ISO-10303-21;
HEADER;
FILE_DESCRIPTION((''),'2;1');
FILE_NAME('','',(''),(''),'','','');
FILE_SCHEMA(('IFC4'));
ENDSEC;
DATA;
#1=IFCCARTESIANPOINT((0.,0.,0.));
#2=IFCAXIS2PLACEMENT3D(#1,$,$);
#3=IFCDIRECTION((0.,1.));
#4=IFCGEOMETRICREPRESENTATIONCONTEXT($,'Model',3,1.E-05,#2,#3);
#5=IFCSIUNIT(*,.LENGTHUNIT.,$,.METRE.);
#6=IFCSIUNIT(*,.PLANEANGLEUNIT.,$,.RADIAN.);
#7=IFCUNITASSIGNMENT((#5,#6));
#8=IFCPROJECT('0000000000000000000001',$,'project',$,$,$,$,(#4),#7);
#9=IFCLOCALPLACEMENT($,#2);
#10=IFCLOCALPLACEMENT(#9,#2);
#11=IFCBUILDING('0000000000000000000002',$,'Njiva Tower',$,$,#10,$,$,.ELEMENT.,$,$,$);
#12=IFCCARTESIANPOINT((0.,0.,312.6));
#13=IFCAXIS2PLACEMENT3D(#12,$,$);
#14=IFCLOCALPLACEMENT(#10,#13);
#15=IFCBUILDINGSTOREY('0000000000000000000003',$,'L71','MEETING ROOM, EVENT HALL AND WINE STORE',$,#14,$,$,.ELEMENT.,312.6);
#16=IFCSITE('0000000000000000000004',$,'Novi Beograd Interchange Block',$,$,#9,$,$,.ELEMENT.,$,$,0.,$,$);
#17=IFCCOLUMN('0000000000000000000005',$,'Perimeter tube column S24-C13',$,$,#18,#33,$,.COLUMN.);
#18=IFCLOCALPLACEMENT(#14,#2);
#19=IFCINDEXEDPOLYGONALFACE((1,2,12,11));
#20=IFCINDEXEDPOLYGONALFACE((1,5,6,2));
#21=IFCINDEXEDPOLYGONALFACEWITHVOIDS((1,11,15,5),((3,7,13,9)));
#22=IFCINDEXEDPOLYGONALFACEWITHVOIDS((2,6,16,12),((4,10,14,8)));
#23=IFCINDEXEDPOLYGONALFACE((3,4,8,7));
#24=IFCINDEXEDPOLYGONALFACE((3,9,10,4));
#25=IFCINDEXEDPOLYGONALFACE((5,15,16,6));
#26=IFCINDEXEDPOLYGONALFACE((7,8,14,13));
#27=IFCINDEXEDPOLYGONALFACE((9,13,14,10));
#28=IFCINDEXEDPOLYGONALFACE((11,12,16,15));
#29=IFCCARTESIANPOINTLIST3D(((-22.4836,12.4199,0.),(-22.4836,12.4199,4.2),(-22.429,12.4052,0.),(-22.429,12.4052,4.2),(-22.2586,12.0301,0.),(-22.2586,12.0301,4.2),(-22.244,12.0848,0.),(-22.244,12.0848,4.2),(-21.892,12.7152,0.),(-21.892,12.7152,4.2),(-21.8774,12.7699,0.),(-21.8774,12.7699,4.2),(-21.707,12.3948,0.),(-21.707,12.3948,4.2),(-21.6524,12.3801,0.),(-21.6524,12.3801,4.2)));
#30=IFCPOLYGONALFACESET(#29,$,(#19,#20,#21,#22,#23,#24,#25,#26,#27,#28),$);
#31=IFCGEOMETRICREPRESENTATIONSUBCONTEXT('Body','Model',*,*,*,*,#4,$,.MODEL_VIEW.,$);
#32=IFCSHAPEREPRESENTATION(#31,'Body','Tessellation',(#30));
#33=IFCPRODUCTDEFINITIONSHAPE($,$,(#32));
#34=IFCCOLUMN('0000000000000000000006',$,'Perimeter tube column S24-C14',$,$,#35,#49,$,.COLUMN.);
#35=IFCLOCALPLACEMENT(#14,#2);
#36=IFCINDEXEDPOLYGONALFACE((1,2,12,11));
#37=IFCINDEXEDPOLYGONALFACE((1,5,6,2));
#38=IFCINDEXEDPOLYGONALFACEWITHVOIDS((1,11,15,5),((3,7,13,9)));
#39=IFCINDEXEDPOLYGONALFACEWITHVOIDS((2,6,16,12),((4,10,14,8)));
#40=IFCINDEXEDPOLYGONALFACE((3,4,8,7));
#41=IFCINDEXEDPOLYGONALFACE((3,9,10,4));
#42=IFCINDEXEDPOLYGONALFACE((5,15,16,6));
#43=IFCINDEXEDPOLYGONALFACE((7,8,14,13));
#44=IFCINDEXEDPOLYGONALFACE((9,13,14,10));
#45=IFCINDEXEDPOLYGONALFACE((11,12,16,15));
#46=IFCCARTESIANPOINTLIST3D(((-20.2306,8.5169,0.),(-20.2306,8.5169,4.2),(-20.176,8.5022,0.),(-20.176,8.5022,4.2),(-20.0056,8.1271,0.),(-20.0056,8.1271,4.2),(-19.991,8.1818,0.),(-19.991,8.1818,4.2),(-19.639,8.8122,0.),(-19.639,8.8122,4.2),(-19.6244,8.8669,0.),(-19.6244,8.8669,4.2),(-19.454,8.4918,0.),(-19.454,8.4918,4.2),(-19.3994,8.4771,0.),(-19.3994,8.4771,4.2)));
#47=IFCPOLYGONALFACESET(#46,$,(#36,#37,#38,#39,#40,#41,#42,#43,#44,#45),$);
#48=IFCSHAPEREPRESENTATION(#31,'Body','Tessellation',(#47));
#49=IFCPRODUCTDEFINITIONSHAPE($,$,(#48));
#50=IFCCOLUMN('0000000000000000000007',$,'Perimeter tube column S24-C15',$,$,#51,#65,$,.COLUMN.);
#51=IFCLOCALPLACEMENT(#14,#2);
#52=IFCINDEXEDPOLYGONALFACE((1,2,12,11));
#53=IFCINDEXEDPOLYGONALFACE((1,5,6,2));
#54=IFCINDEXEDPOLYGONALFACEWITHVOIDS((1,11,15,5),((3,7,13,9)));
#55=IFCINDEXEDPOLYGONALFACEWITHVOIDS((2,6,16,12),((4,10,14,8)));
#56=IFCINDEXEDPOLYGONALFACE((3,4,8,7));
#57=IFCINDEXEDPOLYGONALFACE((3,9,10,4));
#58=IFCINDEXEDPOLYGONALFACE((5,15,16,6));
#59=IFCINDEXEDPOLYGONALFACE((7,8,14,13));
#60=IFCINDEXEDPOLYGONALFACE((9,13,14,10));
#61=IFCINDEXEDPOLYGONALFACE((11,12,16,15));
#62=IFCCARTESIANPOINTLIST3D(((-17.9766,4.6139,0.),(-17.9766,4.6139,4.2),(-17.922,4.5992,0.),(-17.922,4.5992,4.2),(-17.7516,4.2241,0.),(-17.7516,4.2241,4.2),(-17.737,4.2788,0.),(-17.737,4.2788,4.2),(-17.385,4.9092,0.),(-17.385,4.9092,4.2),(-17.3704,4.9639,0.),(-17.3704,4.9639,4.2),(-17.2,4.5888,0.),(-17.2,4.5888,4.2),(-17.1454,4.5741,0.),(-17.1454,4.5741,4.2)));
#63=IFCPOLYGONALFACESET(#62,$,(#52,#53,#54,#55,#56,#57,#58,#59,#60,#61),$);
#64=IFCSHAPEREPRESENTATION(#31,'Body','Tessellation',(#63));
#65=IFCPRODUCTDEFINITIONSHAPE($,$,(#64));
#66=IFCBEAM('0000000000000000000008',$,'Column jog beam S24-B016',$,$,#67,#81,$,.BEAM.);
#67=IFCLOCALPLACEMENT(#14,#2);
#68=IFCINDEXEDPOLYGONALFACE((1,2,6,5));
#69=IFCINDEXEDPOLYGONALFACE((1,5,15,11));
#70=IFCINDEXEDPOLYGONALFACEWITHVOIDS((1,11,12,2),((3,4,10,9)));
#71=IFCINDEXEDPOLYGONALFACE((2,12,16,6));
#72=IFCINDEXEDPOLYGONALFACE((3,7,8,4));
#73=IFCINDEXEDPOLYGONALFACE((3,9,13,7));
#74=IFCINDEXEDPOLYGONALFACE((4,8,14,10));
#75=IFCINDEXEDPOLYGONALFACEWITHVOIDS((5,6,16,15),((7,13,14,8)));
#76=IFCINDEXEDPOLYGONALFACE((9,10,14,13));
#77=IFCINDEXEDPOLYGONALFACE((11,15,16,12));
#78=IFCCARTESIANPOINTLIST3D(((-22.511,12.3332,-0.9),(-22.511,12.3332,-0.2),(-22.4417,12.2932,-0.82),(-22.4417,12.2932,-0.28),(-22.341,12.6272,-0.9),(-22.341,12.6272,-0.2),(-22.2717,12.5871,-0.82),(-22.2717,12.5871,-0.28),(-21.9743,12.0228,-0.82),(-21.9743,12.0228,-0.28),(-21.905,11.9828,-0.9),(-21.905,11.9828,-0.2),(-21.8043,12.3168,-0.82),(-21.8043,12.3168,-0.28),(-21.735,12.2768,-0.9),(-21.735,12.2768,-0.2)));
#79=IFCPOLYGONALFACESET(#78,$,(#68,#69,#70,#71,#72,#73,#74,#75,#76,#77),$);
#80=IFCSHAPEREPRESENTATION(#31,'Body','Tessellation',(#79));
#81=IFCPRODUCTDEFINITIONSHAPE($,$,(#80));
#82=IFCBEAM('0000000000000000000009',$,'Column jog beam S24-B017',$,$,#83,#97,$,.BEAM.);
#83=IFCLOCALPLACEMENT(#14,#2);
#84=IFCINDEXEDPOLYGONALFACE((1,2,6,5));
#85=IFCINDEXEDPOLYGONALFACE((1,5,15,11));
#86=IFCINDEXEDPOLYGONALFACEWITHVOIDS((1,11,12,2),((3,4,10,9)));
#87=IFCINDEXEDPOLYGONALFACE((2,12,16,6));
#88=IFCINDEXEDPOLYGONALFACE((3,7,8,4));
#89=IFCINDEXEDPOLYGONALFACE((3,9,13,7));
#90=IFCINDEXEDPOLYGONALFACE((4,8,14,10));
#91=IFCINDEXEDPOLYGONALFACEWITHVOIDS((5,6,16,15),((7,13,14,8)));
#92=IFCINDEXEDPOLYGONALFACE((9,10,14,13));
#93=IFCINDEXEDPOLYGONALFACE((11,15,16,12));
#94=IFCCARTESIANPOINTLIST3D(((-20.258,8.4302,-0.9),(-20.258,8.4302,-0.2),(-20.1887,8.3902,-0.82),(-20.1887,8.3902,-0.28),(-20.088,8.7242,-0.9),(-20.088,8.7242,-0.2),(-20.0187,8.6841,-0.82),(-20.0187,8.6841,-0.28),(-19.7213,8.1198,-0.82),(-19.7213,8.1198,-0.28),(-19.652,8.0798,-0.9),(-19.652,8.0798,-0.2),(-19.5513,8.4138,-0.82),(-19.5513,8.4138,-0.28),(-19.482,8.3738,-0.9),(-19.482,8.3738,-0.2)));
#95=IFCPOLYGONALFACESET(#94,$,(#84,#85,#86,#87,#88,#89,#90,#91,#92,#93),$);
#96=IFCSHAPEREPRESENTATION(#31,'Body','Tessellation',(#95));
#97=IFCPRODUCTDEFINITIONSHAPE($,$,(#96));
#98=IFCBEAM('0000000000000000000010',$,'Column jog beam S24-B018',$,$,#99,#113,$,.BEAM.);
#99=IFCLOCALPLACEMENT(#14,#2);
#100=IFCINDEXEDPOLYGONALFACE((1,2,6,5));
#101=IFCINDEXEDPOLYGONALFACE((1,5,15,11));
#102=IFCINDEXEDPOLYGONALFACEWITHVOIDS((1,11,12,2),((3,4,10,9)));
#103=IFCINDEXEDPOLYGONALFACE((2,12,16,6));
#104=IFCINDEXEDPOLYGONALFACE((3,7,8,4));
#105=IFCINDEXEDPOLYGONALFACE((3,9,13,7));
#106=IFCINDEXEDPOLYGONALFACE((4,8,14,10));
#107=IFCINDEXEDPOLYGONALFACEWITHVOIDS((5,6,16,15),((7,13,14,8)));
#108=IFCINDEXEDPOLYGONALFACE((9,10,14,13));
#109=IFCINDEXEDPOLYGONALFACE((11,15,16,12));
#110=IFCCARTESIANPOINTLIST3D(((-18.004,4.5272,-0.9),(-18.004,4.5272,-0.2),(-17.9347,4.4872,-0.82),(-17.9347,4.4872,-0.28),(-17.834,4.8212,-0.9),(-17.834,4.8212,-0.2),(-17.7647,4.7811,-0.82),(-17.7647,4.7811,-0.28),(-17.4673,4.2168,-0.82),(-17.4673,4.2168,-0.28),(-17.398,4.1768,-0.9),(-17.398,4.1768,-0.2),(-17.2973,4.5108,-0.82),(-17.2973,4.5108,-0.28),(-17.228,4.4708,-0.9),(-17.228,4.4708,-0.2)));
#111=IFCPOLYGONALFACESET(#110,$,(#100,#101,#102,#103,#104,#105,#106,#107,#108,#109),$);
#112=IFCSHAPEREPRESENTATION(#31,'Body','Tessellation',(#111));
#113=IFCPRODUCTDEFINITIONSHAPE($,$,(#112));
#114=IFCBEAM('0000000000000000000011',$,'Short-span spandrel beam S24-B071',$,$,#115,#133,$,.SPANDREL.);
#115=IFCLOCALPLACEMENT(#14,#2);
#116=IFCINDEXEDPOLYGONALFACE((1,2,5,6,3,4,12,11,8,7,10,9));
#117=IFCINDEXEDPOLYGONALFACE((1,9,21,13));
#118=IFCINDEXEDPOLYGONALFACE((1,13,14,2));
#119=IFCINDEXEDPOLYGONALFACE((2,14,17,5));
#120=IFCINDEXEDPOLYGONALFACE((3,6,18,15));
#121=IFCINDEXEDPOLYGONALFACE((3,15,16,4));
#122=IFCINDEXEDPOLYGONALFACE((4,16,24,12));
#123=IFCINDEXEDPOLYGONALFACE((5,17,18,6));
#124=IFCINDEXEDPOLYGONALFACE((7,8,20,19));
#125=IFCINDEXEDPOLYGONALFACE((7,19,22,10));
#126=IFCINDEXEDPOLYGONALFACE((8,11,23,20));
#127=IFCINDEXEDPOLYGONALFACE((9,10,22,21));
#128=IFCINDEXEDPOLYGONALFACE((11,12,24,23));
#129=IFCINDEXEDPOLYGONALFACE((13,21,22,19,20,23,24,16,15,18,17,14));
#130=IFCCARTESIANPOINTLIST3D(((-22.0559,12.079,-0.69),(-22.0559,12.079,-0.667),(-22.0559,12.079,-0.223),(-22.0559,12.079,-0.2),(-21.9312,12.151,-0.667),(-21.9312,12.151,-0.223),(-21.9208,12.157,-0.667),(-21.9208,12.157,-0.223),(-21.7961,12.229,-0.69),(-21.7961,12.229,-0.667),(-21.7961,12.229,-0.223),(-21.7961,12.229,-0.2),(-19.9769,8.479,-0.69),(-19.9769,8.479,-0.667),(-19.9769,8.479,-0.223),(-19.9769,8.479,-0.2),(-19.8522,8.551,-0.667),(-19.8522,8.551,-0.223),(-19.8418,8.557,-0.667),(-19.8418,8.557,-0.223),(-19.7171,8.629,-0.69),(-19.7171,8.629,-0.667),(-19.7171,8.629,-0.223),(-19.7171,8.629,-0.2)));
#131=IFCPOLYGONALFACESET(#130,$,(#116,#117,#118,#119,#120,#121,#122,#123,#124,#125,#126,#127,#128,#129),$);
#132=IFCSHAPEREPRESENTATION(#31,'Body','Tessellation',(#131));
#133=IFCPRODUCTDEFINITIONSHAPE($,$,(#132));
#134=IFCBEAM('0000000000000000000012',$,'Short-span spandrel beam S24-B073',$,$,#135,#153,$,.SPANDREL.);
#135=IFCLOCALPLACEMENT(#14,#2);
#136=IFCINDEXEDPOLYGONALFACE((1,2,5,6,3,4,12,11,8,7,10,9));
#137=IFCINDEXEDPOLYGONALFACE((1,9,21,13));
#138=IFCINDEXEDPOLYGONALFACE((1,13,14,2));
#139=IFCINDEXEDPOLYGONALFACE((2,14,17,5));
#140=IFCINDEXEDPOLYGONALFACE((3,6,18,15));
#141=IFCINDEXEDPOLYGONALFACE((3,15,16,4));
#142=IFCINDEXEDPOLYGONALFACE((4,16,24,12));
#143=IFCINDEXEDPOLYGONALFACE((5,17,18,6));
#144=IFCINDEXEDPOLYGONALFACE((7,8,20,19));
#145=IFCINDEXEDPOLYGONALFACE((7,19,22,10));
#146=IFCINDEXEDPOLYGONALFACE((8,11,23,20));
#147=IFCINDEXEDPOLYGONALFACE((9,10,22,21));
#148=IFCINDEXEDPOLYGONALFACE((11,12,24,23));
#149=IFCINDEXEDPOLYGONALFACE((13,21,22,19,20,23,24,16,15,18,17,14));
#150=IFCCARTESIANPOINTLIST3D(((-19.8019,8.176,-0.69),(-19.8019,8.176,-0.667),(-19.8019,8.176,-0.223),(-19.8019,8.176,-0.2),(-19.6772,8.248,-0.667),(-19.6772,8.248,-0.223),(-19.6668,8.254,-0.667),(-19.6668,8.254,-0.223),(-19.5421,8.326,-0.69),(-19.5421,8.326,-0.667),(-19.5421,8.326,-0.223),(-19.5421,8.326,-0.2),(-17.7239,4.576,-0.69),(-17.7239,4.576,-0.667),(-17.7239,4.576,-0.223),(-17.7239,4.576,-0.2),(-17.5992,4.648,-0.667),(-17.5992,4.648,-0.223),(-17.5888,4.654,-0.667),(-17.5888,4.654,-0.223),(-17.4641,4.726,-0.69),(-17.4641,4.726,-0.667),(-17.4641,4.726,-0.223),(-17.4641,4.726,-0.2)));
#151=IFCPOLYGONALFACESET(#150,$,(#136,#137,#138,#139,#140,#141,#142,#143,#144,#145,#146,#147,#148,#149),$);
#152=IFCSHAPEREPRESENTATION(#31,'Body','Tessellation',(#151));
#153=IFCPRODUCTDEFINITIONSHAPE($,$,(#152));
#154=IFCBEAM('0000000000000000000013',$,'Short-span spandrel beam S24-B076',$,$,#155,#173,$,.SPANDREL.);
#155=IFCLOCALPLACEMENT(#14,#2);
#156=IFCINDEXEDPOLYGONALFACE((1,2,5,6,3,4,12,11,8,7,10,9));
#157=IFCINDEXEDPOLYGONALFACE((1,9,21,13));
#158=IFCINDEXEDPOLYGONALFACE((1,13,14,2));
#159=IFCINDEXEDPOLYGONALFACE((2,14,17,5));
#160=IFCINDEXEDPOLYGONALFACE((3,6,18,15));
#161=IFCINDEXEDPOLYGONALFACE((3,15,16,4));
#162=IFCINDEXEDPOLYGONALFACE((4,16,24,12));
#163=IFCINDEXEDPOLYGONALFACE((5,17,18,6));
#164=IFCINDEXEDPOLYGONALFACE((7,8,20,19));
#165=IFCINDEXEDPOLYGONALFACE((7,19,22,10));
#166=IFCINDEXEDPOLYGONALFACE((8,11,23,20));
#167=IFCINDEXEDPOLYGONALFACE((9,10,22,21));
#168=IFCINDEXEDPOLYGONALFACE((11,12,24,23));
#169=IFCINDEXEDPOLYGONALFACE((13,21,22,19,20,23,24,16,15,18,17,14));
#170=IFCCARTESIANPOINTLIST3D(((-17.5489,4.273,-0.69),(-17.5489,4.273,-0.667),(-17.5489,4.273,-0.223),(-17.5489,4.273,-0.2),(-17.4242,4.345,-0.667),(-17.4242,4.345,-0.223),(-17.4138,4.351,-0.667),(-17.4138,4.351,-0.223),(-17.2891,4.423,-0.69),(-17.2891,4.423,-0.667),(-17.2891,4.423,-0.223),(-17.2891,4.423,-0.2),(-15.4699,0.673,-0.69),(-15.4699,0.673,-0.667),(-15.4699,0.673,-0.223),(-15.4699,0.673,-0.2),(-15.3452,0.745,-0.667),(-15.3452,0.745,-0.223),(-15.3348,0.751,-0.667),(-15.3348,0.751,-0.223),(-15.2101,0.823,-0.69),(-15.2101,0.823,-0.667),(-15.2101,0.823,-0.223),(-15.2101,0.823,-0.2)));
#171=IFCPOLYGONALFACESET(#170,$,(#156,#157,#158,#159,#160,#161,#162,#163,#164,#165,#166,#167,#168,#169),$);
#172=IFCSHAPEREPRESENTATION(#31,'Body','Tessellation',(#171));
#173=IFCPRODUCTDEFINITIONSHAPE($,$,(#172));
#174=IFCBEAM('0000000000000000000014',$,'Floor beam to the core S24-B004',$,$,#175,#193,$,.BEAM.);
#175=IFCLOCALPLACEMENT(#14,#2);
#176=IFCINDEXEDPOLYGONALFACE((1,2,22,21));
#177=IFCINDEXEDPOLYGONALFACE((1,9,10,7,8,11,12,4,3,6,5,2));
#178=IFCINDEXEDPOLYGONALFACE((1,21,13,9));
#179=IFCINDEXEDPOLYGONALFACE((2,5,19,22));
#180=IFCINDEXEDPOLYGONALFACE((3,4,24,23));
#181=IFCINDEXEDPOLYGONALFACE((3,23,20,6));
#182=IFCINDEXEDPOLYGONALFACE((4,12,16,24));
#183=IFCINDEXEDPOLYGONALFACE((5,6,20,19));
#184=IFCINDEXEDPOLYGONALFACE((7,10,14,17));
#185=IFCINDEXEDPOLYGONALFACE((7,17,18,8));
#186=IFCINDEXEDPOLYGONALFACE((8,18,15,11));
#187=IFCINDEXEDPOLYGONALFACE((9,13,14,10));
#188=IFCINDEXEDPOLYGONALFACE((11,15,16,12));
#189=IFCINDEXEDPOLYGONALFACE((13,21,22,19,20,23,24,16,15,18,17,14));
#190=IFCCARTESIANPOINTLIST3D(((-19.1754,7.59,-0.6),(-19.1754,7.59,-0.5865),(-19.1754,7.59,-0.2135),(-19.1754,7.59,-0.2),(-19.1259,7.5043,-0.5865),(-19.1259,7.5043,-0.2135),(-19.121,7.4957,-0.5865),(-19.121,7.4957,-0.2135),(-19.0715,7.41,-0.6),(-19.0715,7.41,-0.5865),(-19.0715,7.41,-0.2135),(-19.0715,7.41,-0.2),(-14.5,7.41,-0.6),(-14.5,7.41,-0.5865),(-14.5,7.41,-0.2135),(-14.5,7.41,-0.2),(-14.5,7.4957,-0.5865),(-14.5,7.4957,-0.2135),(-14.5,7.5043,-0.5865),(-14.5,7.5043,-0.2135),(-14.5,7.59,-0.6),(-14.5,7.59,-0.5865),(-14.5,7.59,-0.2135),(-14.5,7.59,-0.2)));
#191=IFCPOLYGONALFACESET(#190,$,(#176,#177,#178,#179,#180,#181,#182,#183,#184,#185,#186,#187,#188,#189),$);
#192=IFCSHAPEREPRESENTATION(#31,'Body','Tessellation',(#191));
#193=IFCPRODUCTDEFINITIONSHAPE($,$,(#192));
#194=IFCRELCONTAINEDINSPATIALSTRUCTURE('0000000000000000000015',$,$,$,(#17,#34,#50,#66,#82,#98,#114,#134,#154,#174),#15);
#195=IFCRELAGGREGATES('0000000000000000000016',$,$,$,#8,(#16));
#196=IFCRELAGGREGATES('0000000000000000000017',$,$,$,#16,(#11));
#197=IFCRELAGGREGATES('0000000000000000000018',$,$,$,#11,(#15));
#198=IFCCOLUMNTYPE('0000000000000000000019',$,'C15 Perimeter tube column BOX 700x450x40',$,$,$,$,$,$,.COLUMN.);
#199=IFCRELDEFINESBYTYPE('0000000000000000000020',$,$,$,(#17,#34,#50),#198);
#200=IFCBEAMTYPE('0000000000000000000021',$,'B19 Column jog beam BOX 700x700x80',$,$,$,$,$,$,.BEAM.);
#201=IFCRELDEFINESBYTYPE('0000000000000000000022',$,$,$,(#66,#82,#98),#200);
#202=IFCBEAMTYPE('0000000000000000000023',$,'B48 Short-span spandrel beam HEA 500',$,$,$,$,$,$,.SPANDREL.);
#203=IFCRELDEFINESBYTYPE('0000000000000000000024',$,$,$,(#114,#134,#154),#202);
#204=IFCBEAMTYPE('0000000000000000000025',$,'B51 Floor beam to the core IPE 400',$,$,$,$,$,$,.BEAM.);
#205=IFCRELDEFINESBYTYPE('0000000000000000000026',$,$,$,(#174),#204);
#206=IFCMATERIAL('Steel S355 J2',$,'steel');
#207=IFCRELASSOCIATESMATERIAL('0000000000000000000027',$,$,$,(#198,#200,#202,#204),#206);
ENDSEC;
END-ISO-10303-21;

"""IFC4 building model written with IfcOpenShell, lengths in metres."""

from ifc_helpers import new_model, si_unit, direction, frame, origin, origin_2d, place, context, subcontext, project, spatial, hollow_rectangle, i_section, extrude, clip, halfspace, material, material_profile, profile_set, type_object, element, save


model = new_model("IFC4")

# Units and contexts
model_context = context("Model", 3, precision=1e-05, world=origin(), true_north=direction((0.0, 1.0)))
body_context = subcontext(model_context, "Body", "Model", "MODEL_VIEW")
ifc_project = project(units=[si_unit("LENGTHUNIT", "METRE"), si_unit("PLANEANGLEUNIT", "RADIAN")], contexts=[model_context])

# Site, building, storey
site_placement = place(None, origin())
site = spatial("IfcSite", under=ifc_project, at=site_placement, Name="Novi Beograd Interchange Block", CompositionType="ELEMENT", RefElevation=0.0)
building_placement = place(site_placement, origin())
building = spatial("IfcBuilding", under=site, at=building_placement, Name="Njiva Tower", CompositionType="ELEMENT")
storey_placement = place(building_placement, frame((0.0, 0.0, 312.6)))
storey = spatial("IfcBuildingStorey", under=building, at=storey_placement, Name="L71", Description="MEETING ROOM, EVENT HALL AND WINE STORE", CompositionType="ELEMENT", Elevation=312.6)

# Columns
ifc_material_1 = material(Name="Steel S355 J2", Category="steel")
ifc_material_profile_1 = material_profile(ifc_material_1, hollow_rectangle(XDim=0.45, YDim=0.7, WallThickness=0.04, at=origin_2d()), Name="BOX 700x450x40")
ifc_profile_set_1 = profile_set([ifc_material_profile_1], Name="Steel S355 J2")
column_type = type_object("IfcColumnType", Name="C15 Perimeter tube column BOX 700x450x40", PredefinedType="COLUMN", material=ifc_profile_set_1)
for number, where, z_axis, x_axis, name in (
    (1, (-22.068, 12.4, 0.0), (0.0, 0.0, 1.0), (0.5, -0.866025, 0.0), "Perimeter tube column S24-C13"),
    (2, (-19.815, 8.497, 0.0), (0.0, 0.0, 1.0), (0.5, -0.866025, 0.0), "Perimeter tube column S24-C14"),
    (3, (-17.561, 4.594, 0.0), (0.0, 0.0, 1.0), (0.5, -0.866025, 0.0), "Perimeter tube column S24-C15"),
):
    element("IfcColumn", number, at=place(storey_placement, frame(where, z_axis=z_axis, x_axis=x_axis)), inside=storey, type_object=column_type, Name=name, PredefinedType="COLUMN", context=body_context, shape_type="SweptSolid", body=[
        extrude(hollow_rectangle(XDim=0.45, YDim=0.7, WallThickness=0.04, at=origin_2d()), origin(), (0.0, 0.0, 1.0), 4.2),
    ])

# Beams
ifc_material_profile_2 = material_profile(ifc_material_1, hollow_rectangle(XDim=0.7, YDim=0.7, WallThickness=0.08, at=origin_2d()), Name="BOX 700x700x80")
ifc_profile_set_2 = profile_set([ifc_material_profile_2], Name="Steel S355 J2")
beam_type_1 = type_object("IfcBeamType", Name="B19 Column jog beam BOX 700x700x80", PredefinedType="BEAM", material=ifc_profile_set_2)
for number, where, z_axis, x_axis, name in (
    (4, (-22.208, 12.158, -0.55), (0.500572, 0.865695, 0.0), (-0.865695, 0.500572, 0.0), "Column jog beam S24-B016"),
    (5, (-19.955, 8.255, -0.55), (0.500572, 0.865695, 0.0), (-0.865695, 0.500572, 0.0), "Column jog beam S24-B017"),
    (6, (-17.701, 4.352, -0.55), (0.500572, 0.865695, 0.0), (-0.865695, 0.500572, 0.0), "Column jog beam S24-B018"),
):
    element("IfcBeam", number, at=place(storey_placement, frame(where, z_axis=z_axis, x_axis=x_axis)), inside=storey, type_object=beam_type_1, Name=name, PredefinedType="BEAM", context=body_context, shape_type="SweptSolid", body=[
        extrude(hollow_rectangle(XDim=0.7, YDim=0.7, WallThickness=0.08, at=origin_2d()), origin(), (0.0, 0.0, 1.0), 0.3396),
    ])
ifc_material_profile_3 = material_profile(ifc_material_1, i_section(OverallWidth=0.3, OverallDepth=0.49, WebThickness=0.012, FlangeThickness=0.023, at=origin_2d()), Name="HEA 500")
ifc_profile_set_3 = profile_set([ifc_material_profile_3], Name="Steel S355 J2")
beam_type_2 = type_object("IfcBeamType", Name="B48 Short-span spandrel beam HEA 500", PredefinedType="SPANDREL", material=ifc_profile_set_3)
beam_1_placement = place(storey_placement, frame((-21.926, 12.154, -0.445), z_axis=(0.500097, -0.865969, 0.0), x_axis=(0.865969, 0.500097, 0.0)))
element("IfcBeam", 7, at=beam_1_placement, inside=storey, type_object=beam_type_2, Name="Short-span spandrel beam S24-B071", PredefinedType="SPANDREL", context=body_context, shape_type="SweptSolid", body=[
    extrude(i_section(OverallWidth=0.3, OverallDepth=0.49, WebThickness=0.012, FlangeThickness=0.023, at=origin_2d()), origin(), (0.0, 0.0, 1.0), 4.1572),
])
beam_2_placement = place(storey_placement, frame((-19.672, 8.251, -0.445), z_axis=(0.499917, -0.866073, 0.0), x_axis=(0.866073, 0.499917, 0.0)))
element("IfcBeam", 8, at=beam_2_placement, inside=storey, type_object=beam_type_2, Name="Short-span spandrel beam S24-B073", PredefinedType="SPANDREL", context=body_context, shape_type="SweptSolid", body=[
    extrude(i_section(OverallWidth=0.3, OverallDepth=0.49, WebThickness=0.012, FlangeThickness=0.023, at=origin_2d()), origin(), (0.0, 0.0, 1.0), 4.1567),
])
beam_3_placement = place(storey_placement, frame((-17.419, 4.348, -0.445), z_axis=(0.500097, -0.865969, 0.0), x_axis=(0.865969, 0.500097, 0.0)))
element("IfcBeam", 9, at=beam_3_placement, inside=storey, type_object=beam_type_2, Name="Short-span spandrel beam S24-B076", PredefinedType="SPANDREL", context=body_context, shape_type="SweptSolid", body=[
    extrude(i_section(OverallWidth=0.3, OverallDepth=0.49, WebThickness=0.012, FlangeThickness=0.023, at=origin_2d()), origin(), (0.0, 0.0, 1.0), 4.1572),
])
ifc_material_profile_4 = material_profile(ifc_material_1, i_section(OverallWidth=0.18, OverallDepth=0.4, WebThickness=0.0086, FlangeThickness=0.0135, at=origin_2d()), Name="IPE 400")
ifc_profile_set_4 = profile_set([ifc_material_profile_4], Name="Steel S355 J2")
beam_type_3 = type_object("IfcBeamType", Name="B51 Floor beam to the core IPE 400", PredefinedType="BEAM", material=ifc_profile_set_4)
beam_4_placement = place(storey_placement, frame((-19.195, 7.5, -0.4), z_axis=(1.0, 0.0, 0.0), x_axis=(0.0, 1.0, 0.0)))
element("IfcBeam", 10, at=beam_4_placement, inside=storey, type_object=beam_type_3, Name="Floor beam to the core S24-B004", PredefinedType="BEAM", context=body_context, shape_type="Clipping", body=[
    clip(extrude(i_section(OverallWidth=0.18, OverallDepth=0.4, WebThickness=0.0086, FlangeThickness=0.0135, at=origin_2d()), origin(), (0.0, 0.0, 1.0), 4.695), halfspace(frame((-0.025, 0.0, 0.086), z_axis=(-0.499998, 0.0, -0.866027), x_axis=(0.0, -1.0, 0.0)), False)),
])

save(model, "model.ifc")
